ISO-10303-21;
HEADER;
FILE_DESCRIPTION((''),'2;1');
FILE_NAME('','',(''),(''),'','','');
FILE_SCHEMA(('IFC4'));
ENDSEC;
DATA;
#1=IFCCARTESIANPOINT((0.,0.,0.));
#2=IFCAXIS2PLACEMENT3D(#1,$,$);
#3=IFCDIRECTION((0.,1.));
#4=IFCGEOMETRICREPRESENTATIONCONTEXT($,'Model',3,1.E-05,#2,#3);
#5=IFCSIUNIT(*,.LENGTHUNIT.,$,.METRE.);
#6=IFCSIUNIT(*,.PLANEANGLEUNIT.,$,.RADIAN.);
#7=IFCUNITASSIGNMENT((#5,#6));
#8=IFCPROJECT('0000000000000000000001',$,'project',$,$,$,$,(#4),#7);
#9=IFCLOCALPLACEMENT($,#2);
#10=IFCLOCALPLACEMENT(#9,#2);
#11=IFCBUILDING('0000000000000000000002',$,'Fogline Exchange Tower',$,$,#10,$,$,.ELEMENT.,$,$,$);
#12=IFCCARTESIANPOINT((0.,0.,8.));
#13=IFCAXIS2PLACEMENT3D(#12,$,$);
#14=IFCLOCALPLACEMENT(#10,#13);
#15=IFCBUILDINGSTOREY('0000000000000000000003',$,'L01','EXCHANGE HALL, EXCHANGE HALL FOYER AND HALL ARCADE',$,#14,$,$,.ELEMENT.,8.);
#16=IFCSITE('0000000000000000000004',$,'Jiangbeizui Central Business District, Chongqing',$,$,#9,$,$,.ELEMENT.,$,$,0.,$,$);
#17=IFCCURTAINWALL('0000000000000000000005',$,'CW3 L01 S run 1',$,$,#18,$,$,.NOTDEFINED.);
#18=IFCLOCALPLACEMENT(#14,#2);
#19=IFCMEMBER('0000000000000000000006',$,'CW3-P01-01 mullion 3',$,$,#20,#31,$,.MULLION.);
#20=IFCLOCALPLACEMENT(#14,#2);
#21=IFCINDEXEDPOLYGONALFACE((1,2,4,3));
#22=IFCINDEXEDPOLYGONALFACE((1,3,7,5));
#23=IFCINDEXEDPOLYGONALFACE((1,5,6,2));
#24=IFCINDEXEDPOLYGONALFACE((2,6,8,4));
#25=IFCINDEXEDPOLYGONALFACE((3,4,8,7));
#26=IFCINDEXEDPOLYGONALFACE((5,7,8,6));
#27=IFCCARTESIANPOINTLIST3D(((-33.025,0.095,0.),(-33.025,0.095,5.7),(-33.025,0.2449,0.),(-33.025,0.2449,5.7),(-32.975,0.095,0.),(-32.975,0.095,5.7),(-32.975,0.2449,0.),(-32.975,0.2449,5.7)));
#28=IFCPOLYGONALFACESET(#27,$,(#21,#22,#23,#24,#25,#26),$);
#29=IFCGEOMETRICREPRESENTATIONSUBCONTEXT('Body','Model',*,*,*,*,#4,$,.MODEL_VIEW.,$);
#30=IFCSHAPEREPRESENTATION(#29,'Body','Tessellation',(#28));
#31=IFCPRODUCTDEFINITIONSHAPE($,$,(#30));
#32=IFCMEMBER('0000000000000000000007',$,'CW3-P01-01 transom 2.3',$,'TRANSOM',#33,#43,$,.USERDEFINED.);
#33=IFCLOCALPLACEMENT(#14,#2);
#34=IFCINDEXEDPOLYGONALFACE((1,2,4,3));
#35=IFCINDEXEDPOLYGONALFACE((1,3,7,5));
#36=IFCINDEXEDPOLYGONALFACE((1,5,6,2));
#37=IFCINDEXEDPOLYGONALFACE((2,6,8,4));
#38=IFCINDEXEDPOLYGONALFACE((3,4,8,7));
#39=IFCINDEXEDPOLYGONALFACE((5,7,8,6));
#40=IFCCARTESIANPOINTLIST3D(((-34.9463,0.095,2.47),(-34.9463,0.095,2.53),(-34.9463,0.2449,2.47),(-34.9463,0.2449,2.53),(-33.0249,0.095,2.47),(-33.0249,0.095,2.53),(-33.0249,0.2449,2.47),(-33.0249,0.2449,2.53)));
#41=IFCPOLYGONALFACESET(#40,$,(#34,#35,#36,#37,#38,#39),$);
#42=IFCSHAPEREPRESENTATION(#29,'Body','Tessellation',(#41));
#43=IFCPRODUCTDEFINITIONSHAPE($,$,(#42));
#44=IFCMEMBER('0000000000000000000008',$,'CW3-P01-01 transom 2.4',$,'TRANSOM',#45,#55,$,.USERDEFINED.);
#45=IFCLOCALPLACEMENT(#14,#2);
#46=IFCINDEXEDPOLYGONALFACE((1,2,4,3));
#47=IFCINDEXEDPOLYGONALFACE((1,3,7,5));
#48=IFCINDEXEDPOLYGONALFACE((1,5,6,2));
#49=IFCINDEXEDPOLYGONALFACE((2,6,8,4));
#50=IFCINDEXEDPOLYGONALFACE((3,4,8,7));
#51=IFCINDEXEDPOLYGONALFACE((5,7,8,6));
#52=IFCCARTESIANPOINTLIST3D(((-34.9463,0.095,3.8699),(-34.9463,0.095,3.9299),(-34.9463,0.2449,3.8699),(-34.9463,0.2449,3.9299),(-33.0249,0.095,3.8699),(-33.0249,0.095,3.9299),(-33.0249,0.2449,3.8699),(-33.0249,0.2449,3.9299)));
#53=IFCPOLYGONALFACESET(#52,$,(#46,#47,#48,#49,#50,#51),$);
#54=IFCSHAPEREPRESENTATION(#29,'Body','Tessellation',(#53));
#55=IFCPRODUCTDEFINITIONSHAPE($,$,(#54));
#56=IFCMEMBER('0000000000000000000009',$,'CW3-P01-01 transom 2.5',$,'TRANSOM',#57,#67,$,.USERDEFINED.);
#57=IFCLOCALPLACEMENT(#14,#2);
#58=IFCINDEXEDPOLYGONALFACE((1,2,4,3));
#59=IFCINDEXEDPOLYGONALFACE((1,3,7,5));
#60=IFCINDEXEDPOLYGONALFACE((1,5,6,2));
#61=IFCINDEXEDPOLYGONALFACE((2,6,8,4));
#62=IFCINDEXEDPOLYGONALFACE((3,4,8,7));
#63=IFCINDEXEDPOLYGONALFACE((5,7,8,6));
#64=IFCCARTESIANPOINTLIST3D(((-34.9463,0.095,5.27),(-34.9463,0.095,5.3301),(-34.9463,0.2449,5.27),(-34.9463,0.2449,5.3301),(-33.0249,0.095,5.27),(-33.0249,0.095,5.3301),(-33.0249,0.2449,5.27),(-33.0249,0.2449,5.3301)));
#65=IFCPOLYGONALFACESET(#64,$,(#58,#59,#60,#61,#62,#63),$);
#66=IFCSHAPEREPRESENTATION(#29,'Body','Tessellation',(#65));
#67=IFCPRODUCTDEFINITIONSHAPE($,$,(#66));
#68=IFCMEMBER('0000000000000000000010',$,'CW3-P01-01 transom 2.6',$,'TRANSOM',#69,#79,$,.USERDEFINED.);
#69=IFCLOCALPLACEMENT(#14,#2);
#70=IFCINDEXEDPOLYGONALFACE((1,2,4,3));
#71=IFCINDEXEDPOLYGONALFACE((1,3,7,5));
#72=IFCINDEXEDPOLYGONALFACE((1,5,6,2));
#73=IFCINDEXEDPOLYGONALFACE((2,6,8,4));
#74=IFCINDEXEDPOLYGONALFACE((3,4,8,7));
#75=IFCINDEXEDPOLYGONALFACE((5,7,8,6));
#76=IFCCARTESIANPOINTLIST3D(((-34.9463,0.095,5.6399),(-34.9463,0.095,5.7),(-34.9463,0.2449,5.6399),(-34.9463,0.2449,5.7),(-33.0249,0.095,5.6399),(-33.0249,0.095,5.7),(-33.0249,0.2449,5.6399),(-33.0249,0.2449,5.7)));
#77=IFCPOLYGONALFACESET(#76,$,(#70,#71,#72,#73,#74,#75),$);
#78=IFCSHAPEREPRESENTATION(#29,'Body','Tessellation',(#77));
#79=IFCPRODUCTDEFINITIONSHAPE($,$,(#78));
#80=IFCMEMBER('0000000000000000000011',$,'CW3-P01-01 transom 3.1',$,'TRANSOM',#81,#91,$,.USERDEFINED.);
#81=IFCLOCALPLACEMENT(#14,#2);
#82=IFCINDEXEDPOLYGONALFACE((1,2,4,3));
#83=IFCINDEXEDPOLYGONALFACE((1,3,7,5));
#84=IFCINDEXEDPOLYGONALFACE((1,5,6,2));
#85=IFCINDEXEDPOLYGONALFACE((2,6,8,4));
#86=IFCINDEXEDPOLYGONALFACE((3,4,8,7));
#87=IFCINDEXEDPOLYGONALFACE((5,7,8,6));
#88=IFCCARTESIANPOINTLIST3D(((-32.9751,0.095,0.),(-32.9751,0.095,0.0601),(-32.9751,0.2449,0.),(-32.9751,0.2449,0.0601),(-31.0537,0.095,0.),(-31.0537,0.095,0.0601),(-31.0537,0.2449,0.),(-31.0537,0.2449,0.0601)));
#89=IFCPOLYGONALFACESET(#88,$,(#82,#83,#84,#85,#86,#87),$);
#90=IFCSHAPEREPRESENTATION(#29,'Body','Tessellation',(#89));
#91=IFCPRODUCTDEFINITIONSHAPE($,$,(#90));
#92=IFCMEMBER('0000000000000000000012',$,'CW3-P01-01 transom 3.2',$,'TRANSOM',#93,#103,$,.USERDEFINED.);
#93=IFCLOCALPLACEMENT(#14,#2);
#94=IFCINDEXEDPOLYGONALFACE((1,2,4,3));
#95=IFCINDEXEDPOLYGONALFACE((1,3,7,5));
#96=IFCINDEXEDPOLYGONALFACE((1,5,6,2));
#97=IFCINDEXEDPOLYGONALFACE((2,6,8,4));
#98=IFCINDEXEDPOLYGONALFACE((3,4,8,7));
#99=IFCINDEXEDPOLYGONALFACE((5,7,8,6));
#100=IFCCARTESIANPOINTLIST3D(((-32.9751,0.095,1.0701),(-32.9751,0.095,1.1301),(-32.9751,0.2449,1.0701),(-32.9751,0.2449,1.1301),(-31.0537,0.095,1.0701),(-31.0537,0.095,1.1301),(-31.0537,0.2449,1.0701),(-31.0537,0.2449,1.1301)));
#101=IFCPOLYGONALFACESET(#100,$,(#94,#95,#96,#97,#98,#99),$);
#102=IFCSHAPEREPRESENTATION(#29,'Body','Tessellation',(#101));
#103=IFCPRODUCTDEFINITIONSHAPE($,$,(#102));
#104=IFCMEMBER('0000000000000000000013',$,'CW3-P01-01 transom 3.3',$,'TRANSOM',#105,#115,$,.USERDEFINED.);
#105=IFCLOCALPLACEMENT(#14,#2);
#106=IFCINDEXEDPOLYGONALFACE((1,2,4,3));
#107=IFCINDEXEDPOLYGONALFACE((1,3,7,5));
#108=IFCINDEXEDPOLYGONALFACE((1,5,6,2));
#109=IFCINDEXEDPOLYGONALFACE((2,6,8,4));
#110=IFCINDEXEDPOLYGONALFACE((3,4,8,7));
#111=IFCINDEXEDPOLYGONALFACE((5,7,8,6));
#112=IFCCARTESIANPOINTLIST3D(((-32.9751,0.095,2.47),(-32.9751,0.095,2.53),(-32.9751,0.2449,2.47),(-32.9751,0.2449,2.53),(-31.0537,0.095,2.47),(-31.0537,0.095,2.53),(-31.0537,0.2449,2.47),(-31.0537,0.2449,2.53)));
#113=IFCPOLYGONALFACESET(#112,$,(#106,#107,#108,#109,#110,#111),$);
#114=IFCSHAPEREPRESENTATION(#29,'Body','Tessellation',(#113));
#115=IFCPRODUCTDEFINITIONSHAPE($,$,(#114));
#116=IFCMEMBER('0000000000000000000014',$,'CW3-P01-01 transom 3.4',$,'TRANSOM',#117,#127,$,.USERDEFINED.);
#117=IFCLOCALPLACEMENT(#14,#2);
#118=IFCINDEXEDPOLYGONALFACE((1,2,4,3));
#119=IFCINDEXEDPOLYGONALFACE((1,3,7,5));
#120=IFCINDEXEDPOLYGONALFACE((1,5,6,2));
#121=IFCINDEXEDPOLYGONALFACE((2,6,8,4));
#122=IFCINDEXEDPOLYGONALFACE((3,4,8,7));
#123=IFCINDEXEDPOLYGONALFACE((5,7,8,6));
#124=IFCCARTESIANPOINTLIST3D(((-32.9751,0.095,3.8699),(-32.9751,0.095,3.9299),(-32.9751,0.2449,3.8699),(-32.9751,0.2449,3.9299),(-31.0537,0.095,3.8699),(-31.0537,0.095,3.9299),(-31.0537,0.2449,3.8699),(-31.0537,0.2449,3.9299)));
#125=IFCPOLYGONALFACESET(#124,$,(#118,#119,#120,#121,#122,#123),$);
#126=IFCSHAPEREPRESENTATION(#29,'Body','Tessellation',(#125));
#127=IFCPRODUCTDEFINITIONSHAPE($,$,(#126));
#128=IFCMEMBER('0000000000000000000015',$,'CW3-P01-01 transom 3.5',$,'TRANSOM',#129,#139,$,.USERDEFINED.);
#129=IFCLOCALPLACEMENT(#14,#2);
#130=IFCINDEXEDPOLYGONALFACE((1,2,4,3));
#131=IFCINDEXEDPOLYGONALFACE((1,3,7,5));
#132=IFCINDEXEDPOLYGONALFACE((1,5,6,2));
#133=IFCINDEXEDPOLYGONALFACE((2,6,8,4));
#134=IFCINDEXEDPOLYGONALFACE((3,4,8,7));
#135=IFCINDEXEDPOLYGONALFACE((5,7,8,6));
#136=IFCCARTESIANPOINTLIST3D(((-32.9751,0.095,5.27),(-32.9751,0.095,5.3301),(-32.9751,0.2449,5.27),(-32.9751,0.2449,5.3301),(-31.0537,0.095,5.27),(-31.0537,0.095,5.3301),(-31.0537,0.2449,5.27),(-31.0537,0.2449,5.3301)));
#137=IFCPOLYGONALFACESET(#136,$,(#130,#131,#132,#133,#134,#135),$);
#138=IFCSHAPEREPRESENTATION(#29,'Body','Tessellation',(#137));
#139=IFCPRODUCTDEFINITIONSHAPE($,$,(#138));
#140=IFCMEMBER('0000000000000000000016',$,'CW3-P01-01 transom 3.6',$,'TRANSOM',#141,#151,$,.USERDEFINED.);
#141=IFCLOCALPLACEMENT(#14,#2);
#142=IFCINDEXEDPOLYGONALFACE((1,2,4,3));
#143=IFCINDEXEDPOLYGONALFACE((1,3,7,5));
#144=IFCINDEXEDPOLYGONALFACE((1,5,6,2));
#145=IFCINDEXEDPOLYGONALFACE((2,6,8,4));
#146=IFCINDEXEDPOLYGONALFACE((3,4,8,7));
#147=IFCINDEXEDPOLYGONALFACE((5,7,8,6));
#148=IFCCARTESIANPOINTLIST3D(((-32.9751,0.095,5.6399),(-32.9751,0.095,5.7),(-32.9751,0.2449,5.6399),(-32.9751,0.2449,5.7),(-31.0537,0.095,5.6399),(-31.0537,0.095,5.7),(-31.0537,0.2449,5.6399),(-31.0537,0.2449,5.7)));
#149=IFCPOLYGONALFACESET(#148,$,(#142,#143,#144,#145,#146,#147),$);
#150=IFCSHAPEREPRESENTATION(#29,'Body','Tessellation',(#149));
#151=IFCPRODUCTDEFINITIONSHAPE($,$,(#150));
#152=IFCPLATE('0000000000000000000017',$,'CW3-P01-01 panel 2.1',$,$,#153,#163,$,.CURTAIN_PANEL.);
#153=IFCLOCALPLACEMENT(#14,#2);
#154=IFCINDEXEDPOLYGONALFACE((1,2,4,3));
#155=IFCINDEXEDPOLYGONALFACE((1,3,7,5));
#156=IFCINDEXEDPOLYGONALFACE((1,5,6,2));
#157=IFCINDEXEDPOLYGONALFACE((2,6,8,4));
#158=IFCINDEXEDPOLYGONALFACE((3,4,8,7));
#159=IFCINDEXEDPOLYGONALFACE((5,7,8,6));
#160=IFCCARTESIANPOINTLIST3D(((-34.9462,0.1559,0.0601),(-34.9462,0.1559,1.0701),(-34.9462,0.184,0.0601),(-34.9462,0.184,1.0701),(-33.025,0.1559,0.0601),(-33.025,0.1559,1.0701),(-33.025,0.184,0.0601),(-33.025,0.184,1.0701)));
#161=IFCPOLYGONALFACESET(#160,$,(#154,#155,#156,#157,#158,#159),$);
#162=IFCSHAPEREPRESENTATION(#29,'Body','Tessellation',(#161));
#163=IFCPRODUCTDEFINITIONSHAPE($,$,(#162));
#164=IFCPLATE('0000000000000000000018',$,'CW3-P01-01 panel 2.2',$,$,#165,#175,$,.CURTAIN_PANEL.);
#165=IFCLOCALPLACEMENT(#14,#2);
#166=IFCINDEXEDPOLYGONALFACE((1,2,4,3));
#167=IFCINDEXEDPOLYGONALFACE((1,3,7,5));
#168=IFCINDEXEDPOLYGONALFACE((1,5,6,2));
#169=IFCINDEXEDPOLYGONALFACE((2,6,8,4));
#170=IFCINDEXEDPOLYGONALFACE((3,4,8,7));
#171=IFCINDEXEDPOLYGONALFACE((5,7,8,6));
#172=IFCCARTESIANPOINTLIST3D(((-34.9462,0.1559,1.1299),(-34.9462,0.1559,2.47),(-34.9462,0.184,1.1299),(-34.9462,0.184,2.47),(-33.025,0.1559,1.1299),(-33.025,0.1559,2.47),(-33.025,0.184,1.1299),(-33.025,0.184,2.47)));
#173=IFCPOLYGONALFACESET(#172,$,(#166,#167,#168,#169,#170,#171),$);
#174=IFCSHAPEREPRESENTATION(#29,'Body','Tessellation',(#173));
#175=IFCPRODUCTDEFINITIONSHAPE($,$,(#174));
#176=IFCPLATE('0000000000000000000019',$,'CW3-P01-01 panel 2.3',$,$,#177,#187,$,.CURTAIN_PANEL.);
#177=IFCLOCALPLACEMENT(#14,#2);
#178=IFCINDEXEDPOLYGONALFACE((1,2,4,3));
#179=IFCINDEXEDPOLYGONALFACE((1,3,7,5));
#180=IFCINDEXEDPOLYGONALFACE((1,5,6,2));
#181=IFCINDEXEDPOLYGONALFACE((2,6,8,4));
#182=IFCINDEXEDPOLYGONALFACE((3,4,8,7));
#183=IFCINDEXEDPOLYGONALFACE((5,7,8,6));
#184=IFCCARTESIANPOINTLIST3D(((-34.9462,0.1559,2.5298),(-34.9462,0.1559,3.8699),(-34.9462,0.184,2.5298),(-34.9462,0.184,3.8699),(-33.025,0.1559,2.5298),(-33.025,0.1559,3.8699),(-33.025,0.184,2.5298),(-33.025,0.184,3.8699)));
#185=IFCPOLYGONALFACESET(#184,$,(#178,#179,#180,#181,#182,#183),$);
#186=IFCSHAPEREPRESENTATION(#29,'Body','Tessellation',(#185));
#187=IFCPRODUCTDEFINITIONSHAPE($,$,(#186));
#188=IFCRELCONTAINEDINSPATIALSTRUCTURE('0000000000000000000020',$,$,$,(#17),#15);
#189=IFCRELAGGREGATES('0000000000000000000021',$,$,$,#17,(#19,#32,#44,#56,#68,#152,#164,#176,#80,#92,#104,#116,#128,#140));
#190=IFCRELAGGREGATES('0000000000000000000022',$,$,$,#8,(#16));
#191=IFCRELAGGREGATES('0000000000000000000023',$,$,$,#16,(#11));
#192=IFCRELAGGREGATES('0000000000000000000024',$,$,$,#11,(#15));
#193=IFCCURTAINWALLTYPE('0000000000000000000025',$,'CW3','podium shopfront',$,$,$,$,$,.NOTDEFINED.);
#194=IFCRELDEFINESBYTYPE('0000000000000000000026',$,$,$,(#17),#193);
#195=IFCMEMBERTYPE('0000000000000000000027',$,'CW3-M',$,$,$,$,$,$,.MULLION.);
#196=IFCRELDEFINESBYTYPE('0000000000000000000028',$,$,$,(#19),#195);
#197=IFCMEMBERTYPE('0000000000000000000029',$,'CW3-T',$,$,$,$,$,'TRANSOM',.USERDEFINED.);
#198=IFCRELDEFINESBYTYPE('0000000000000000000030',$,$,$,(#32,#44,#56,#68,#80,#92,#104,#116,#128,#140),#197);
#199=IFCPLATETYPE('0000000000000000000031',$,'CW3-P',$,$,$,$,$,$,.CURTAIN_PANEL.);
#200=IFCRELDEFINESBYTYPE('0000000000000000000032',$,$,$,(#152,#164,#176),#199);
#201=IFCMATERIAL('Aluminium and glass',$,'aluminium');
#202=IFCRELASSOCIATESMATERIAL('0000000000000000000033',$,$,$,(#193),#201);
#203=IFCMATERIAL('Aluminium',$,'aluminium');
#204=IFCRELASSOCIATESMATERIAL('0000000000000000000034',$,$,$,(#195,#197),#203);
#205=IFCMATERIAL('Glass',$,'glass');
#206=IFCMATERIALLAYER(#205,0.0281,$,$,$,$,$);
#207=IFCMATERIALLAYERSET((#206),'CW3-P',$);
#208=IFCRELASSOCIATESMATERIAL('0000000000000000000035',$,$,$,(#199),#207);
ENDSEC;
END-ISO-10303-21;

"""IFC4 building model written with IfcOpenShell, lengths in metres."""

from ifc_helpers import new_model, si_unit, direction, frame, origin, origin_2d, place, context, subcontext, project, spatial, rectangle, extrude, material, layer, layer_set, material_profile, profile_set, type_object, element, aggregate, save


model = new_model("IFC4")

# Units and contexts
model_context = context("Model", 3, precision=1e-05, world=origin(), true_north=direction((0.0, 1.0)))
body_context = subcontext(model_context, "Body", "Model", "MODEL_VIEW")
ifc_project = project(units=[si_unit("LENGTHUNIT", "METRE"), si_unit("PLANEANGLEUNIT", "RADIAN")], contexts=[model_context])

# Site, building, storey
site_placement = place(None, origin())
site = spatial("IfcSite", under=ifc_project, at=site_placement, Name="Jiangbeizui Central Business District, Chongqing", CompositionType="ELEMENT", RefElevation=0.0)
building_placement = place(site_placement, origin())
building = spatial("IfcBuilding", under=site, at=building_placement, Name="Fogline Exchange Tower", CompositionType="ELEMENT")
storey_placement = place(building_placement, frame((0.0, 0.0, 8.0)))
storey = spatial("IfcBuildingStorey", under=building, at=storey_placement, Name="L01", Description="EXCHANGE HALL, EXCHANGE HALL FOYER AND HALL ARCADE", CompositionType="ELEMENT", Elevation=8.0)

# Curtain wall, members, plates
ifc_material_1 = material(Name="Aluminium and glass", Category="aluminium")
curtain_wall_type = type_object("IfcCurtainWallType", Name="CW3", Description="podium shopfront", PredefinedType="NOTDEFINED", material=ifc_material_1)
curtain_wall_placement = place(storey_placement, origin())
curtain_wall = element("IfcCurtainWall", 1, at=curtain_wall_placement, inside=storey, type_object=curtain_wall_type, Name="CW3 L01 S run 1", PredefinedType="NOTDEFINED")
ifc_material_2 = material(Name="Aluminium", Category="aluminium")
ifc_material_profile_1 = material_profile(ifc_material_2, rectangle(XDim=0.1499, YDim=0.05, at=origin_2d()), Name="Mullion 50x150")
ifc_profile_set_1 = profile_set([ifc_material_profile_1], Name="Aluminium")
member_type_1 = type_object("IfcMemberType", Name="CW3-M", PredefinedType="MULLION", material=ifc_profile_set_1)
member_1_placement = place(storey_placement, frame((-33.0, 0.1699, 0.0), z_axis=(0.0, 0.0, 1.0), x_axis=(0.0, 1.0, 0.0)))
member_1 = element("IfcMember", 2, at=member_1_placement, type_object=member_type_1, Name="CW3-P01-01 mullion 3", PredefinedType="MULLION", context=body_context, shape_type="SweptSolid", body=[
    extrude(rectangle(XDim=0.1499, YDim=0.05, at=origin_2d()), origin(), (0.0, 0.0, 1.0), 5.7),
])
ifc_material_profile_2 = material_profile(ifc_material_2, rectangle(XDim=0.1499, YDim=0.0601, at=origin_2d()), Name="Transom 60x150")
ifc_profile_set_2 = profile_set([ifc_material_profile_2], Name="Aluminium")
member_type_2 = type_object("IfcMemberType", Name="CW3-T", ElementType="TRANSOM", PredefinedType="USERDEFINED", material=ifc_profile_set_2)
member_2_placement = place(storey_placement, frame((-34.9463, 0.1699, 2.5), z_axis=(1.0, 0.0, 0.0), x_axis=(0.0, 1.0, 0.0)))
member_2 = element("IfcMember", 3, at=member_2_placement, type_object=member_type_2, Name="CW3-P01-01 transom 2.3", ObjectType="TRANSOM", PredefinedType="USERDEFINED", context=body_context, shape_type="SweptSolid", body=[
    extrude(rectangle(XDim=0.1499, YDim=0.0601, at=origin_2d()), origin(), (0.0, 0.0, 1.0), 1.9214),
])
member_3_placement = place(storey_placement, frame((-34.9463, 0.1699, 3.8999), z_axis=(1.0, 0.0, 0.0), x_axis=(0.0, 1.0, 0.0)))
member_3 = element("IfcMember", 4, at=member_3_placement, type_object=member_type_2, Name="CW3-P01-01 transom 2.4", ObjectType="TRANSOM", PredefinedType="USERDEFINED", context=body_context, shape_type="SweptSolid", body=[
    extrude(rectangle(XDim=0.1499, YDim=0.0601, at=origin_2d()), origin(), (0.0, 0.0, 1.0), 1.9214),
])
member_4_placement = place(storey_placement, frame((-34.9463, 0.1699, 5.3), z_axis=(1.0, 0.0, 0.0), x_axis=(0.0, 1.0, 0.0)))
member_4 = element("IfcMember", 5, at=member_4_placement, type_object=member_type_2, Name="CW3-P01-01 transom 2.5", ObjectType="TRANSOM", PredefinedType="USERDEFINED", context=body_context, shape_type="SweptSolid", body=[
    extrude(rectangle(XDim=0.1499, YDim=0.0601, at=origin_2d()), origin(), (0.0, 0.0, 1.0), 1.9214),
])
member_5_placement = place(storey_placement, frame((-34.9463, 0.1699, 5.6699), z_axis=(1.0, 0.0, 0.0), x_axis=(0.0, 1.0, 0.0)))
member_5 = element("IfcMember", 6, at=member_5_placement, type_object=member_type_2, Name="CW3-P01-01 transom 2.6", ObjectType="TRANSOM", PredefinedType="USERDEFINED", context=body_context, shape_type="SweptSolid", body=[
    extrude(rectangle(XDim=0.1499, YDim=0.0601, at=origin_2d()), origin(), (0.0, 0.0, 1.0), 1.9214),
])
member_6_placement = place(storey_placement, frame((-32.9751, 0.1699, 0.03), z_axis=(1.0, 0.0, 0.0), x_axis=(0.0, 1.0, 0.0)))
member_6 = element("IfcMember", 7, at=member_6_placement, type_object=member_type_2, Name="CW3-P01-01 transom 3.1", ObjectType="TRANSOM", PredefinedType="USERDEFINED", context=body_context, shape_type="SweptSolid", body=[
    extrude(rectangle(XDim=0.1499, YDim=0.0601, at=origin_2d()), origin(), (0.0, 0.0, 1.0), 1.9214),
])
member_7_placement = place(storey_placement, frame((-32.9751, 0.1699, 1.1001), z_axis=(1.0, 0.0, 0.0), x_axis=(0.0, 1.0, 0.0)))
member_7 = element("IfcMember", 8, at=member_7_placement, type_object=member_type_2, Name="CW3-P01-01 transom 3.2", ObjectType="TRANSOM", PredefinedType="USERDEFINED", context=body_context, shape_type="SweptSolid", body=[
    extrude(rectangle(XDim=0.1499, YDim=0.0601, at=origin_2d()), origin(), (0.0, 0.0, 1.0), 1.9214),
])
member_8_placement = place(storey_placement, frame((-32.9751, 0.1699, 2.5), z_axis=(1.0, 0.0, 0.0), x_axis=(0.0, 1.0, 0.0)))
member_8 = element("IfcMember", 9, at=member_8_placement, type_object=member_type_2, Name="CW3-P01-01 transom 3.3", ObjectType="TRANSOM", PredefinedType="USERDEFINED", context=body_context, shape_type="SweptSolid", body=[
    extrude(rectangle(XDim=0.1499, YDim=0.0601, at=origin_2d()), origin(), (0.0, 0.0, 1.0), 1.9214),
])
member_9_placement = place(storey_placement, frame((-32.9751, 0.1699, 3.8999), z_axis=(1.0, 0.0, 0.0), x_axis=(0.0, 1.0, 0.0)))
member_9 = element("IfcMember", 10, at=member_9_placement, type_object=member_type_2, Name="CW3-P01-01 transom 3.4", ObjectType="TRANSOM", PredefinedType="USERDEFINED", context=body_context, shape_type="SweptSolid", body=[
    extrude(rectangle(XDim=0.1499, YDim=0.0601, at=origin_2d()), origin(), (0.0, 0.0, 1.0), 1.9214),
])
member_10_placement = place(storey_placement, frame((-32.9751, 0.1699, 5.3), z_axis=(1.0, 0.0, 0.0), x_axis=(0.0, 1.0, 0.0)))
member_10 = element("IfcMember", 11, at=member_10_placement, type_object=member_type_2, Name="CW3-P01-01 transom 3.5", ObjectType="TRANSOM", PredefinedType="USERDEFINED", context=body_context, shape_type="SweptSolid", body=[
    extrude(rectangle(XDim=0.1499, YDim=0.0601, at=origin_2d()), origin(), (0.0, 0.0, 1.0), 1.9214),
])
member_11_placement = place(storey_placement, frame((-32.9751, 0.1699, 5.6699), z_axis=(1.0, 0.0, 0.0), x_axis=(0.0, 1.0, 0.0)))
member_11 = element("IfcMember", 12, at=member_11_placement, type_object=member_type_2, Name="CW3-P01-01 transom 3.6", ObjectType="TRANSOM", PredefinedType="USERDEFINED", context=body_context, shape_type="SweptSolid", body=[
    extrude(rectangle(XDim=0.1499, YDim=0.0601, at=origin_2d()), origin(), (0.0, 0.0, 1.0), 1.9214),
])
ifc_material_3 = material(Name="Glass", Category="glass")
ifc_layer = layer(ifc_material_3, 0.0281)
ifc_layer_set = layer_set([ifc_layer], Name="CW3-P")
plate_type = type_object("IfcPlateType", Name="CW3-P", PredefinedType="CURTAIN_PANEL", material=ifc_layer_set)
plate_1_placement = place(storey_placement, frame((-33.9856, 0.1699, 0.0601), z_axis=(0.0, 0.0, 1.0), x_axis=(1.0, 0.0, 0.0)))
plate_1 = element("IfcPlate", 13, at=plate_1_placement, type_object=plate_type, Name="CW3-P01-01 panel 2.1", PredefinedType="CURTAIN_PANEL", context=body_context, shape_type="SweptSolid", body=[
    extrude(rectangle(XDim=1.9211, YDim=0.0281, at=origin_2d()), origin(), (0.0, 0.0, 1.0), 1.01),
])
plate_2_placement = place(storey_placement, frame((-33.9856, 0.1699, 1.1299), z_axis=(0.0, 0.0, 1.0), x_axis=(1.0, 0.0, 0.0)))
plate_2 = element("IfcPlate", 14, at=plate_2_placement, type_object=plate_type, Name="CW3-P01-01 panel 2.2", PredefinedType="CURTAIN_PANEL", context=body_context, shape_type="SweptSolid", body=[
    extrude(rectangle(XDim=1.9211, YDim=0.0281, at=origin_2d()), origin(), (0.0, 0.0, 1.0), 1.3401),
])
plate_3_placement = place(storey_placement, frame((-33.9856, 0.1699, 2.5298), z_axis=(0.0, 0.0, 1.0), x_axis=(1.0, 0.0, 0.0)))
plate_3 = element("IfcPlate", 15, at=plate_3_placement, type_object=plate_type, Name="CW3-P01-01 panel 2.3", PredefinedType="CURTAIN_PANEL", context=body_context, shape_type="SweptSolid", body=[
    extrude(rectangle(XDim=1.9211, YDim=0.0281, at=origin_2d()), origin(), (0.0, 0.0, 1.0), 1.3401),
])
aggregate(curtain_wall, [member_1, member_2, member_3, member_4, member_5, plate_1, plate_2, plate_3, member_6, member_7, member_8, member_9, member_10, member_11])

save(model, "model.ifc")
